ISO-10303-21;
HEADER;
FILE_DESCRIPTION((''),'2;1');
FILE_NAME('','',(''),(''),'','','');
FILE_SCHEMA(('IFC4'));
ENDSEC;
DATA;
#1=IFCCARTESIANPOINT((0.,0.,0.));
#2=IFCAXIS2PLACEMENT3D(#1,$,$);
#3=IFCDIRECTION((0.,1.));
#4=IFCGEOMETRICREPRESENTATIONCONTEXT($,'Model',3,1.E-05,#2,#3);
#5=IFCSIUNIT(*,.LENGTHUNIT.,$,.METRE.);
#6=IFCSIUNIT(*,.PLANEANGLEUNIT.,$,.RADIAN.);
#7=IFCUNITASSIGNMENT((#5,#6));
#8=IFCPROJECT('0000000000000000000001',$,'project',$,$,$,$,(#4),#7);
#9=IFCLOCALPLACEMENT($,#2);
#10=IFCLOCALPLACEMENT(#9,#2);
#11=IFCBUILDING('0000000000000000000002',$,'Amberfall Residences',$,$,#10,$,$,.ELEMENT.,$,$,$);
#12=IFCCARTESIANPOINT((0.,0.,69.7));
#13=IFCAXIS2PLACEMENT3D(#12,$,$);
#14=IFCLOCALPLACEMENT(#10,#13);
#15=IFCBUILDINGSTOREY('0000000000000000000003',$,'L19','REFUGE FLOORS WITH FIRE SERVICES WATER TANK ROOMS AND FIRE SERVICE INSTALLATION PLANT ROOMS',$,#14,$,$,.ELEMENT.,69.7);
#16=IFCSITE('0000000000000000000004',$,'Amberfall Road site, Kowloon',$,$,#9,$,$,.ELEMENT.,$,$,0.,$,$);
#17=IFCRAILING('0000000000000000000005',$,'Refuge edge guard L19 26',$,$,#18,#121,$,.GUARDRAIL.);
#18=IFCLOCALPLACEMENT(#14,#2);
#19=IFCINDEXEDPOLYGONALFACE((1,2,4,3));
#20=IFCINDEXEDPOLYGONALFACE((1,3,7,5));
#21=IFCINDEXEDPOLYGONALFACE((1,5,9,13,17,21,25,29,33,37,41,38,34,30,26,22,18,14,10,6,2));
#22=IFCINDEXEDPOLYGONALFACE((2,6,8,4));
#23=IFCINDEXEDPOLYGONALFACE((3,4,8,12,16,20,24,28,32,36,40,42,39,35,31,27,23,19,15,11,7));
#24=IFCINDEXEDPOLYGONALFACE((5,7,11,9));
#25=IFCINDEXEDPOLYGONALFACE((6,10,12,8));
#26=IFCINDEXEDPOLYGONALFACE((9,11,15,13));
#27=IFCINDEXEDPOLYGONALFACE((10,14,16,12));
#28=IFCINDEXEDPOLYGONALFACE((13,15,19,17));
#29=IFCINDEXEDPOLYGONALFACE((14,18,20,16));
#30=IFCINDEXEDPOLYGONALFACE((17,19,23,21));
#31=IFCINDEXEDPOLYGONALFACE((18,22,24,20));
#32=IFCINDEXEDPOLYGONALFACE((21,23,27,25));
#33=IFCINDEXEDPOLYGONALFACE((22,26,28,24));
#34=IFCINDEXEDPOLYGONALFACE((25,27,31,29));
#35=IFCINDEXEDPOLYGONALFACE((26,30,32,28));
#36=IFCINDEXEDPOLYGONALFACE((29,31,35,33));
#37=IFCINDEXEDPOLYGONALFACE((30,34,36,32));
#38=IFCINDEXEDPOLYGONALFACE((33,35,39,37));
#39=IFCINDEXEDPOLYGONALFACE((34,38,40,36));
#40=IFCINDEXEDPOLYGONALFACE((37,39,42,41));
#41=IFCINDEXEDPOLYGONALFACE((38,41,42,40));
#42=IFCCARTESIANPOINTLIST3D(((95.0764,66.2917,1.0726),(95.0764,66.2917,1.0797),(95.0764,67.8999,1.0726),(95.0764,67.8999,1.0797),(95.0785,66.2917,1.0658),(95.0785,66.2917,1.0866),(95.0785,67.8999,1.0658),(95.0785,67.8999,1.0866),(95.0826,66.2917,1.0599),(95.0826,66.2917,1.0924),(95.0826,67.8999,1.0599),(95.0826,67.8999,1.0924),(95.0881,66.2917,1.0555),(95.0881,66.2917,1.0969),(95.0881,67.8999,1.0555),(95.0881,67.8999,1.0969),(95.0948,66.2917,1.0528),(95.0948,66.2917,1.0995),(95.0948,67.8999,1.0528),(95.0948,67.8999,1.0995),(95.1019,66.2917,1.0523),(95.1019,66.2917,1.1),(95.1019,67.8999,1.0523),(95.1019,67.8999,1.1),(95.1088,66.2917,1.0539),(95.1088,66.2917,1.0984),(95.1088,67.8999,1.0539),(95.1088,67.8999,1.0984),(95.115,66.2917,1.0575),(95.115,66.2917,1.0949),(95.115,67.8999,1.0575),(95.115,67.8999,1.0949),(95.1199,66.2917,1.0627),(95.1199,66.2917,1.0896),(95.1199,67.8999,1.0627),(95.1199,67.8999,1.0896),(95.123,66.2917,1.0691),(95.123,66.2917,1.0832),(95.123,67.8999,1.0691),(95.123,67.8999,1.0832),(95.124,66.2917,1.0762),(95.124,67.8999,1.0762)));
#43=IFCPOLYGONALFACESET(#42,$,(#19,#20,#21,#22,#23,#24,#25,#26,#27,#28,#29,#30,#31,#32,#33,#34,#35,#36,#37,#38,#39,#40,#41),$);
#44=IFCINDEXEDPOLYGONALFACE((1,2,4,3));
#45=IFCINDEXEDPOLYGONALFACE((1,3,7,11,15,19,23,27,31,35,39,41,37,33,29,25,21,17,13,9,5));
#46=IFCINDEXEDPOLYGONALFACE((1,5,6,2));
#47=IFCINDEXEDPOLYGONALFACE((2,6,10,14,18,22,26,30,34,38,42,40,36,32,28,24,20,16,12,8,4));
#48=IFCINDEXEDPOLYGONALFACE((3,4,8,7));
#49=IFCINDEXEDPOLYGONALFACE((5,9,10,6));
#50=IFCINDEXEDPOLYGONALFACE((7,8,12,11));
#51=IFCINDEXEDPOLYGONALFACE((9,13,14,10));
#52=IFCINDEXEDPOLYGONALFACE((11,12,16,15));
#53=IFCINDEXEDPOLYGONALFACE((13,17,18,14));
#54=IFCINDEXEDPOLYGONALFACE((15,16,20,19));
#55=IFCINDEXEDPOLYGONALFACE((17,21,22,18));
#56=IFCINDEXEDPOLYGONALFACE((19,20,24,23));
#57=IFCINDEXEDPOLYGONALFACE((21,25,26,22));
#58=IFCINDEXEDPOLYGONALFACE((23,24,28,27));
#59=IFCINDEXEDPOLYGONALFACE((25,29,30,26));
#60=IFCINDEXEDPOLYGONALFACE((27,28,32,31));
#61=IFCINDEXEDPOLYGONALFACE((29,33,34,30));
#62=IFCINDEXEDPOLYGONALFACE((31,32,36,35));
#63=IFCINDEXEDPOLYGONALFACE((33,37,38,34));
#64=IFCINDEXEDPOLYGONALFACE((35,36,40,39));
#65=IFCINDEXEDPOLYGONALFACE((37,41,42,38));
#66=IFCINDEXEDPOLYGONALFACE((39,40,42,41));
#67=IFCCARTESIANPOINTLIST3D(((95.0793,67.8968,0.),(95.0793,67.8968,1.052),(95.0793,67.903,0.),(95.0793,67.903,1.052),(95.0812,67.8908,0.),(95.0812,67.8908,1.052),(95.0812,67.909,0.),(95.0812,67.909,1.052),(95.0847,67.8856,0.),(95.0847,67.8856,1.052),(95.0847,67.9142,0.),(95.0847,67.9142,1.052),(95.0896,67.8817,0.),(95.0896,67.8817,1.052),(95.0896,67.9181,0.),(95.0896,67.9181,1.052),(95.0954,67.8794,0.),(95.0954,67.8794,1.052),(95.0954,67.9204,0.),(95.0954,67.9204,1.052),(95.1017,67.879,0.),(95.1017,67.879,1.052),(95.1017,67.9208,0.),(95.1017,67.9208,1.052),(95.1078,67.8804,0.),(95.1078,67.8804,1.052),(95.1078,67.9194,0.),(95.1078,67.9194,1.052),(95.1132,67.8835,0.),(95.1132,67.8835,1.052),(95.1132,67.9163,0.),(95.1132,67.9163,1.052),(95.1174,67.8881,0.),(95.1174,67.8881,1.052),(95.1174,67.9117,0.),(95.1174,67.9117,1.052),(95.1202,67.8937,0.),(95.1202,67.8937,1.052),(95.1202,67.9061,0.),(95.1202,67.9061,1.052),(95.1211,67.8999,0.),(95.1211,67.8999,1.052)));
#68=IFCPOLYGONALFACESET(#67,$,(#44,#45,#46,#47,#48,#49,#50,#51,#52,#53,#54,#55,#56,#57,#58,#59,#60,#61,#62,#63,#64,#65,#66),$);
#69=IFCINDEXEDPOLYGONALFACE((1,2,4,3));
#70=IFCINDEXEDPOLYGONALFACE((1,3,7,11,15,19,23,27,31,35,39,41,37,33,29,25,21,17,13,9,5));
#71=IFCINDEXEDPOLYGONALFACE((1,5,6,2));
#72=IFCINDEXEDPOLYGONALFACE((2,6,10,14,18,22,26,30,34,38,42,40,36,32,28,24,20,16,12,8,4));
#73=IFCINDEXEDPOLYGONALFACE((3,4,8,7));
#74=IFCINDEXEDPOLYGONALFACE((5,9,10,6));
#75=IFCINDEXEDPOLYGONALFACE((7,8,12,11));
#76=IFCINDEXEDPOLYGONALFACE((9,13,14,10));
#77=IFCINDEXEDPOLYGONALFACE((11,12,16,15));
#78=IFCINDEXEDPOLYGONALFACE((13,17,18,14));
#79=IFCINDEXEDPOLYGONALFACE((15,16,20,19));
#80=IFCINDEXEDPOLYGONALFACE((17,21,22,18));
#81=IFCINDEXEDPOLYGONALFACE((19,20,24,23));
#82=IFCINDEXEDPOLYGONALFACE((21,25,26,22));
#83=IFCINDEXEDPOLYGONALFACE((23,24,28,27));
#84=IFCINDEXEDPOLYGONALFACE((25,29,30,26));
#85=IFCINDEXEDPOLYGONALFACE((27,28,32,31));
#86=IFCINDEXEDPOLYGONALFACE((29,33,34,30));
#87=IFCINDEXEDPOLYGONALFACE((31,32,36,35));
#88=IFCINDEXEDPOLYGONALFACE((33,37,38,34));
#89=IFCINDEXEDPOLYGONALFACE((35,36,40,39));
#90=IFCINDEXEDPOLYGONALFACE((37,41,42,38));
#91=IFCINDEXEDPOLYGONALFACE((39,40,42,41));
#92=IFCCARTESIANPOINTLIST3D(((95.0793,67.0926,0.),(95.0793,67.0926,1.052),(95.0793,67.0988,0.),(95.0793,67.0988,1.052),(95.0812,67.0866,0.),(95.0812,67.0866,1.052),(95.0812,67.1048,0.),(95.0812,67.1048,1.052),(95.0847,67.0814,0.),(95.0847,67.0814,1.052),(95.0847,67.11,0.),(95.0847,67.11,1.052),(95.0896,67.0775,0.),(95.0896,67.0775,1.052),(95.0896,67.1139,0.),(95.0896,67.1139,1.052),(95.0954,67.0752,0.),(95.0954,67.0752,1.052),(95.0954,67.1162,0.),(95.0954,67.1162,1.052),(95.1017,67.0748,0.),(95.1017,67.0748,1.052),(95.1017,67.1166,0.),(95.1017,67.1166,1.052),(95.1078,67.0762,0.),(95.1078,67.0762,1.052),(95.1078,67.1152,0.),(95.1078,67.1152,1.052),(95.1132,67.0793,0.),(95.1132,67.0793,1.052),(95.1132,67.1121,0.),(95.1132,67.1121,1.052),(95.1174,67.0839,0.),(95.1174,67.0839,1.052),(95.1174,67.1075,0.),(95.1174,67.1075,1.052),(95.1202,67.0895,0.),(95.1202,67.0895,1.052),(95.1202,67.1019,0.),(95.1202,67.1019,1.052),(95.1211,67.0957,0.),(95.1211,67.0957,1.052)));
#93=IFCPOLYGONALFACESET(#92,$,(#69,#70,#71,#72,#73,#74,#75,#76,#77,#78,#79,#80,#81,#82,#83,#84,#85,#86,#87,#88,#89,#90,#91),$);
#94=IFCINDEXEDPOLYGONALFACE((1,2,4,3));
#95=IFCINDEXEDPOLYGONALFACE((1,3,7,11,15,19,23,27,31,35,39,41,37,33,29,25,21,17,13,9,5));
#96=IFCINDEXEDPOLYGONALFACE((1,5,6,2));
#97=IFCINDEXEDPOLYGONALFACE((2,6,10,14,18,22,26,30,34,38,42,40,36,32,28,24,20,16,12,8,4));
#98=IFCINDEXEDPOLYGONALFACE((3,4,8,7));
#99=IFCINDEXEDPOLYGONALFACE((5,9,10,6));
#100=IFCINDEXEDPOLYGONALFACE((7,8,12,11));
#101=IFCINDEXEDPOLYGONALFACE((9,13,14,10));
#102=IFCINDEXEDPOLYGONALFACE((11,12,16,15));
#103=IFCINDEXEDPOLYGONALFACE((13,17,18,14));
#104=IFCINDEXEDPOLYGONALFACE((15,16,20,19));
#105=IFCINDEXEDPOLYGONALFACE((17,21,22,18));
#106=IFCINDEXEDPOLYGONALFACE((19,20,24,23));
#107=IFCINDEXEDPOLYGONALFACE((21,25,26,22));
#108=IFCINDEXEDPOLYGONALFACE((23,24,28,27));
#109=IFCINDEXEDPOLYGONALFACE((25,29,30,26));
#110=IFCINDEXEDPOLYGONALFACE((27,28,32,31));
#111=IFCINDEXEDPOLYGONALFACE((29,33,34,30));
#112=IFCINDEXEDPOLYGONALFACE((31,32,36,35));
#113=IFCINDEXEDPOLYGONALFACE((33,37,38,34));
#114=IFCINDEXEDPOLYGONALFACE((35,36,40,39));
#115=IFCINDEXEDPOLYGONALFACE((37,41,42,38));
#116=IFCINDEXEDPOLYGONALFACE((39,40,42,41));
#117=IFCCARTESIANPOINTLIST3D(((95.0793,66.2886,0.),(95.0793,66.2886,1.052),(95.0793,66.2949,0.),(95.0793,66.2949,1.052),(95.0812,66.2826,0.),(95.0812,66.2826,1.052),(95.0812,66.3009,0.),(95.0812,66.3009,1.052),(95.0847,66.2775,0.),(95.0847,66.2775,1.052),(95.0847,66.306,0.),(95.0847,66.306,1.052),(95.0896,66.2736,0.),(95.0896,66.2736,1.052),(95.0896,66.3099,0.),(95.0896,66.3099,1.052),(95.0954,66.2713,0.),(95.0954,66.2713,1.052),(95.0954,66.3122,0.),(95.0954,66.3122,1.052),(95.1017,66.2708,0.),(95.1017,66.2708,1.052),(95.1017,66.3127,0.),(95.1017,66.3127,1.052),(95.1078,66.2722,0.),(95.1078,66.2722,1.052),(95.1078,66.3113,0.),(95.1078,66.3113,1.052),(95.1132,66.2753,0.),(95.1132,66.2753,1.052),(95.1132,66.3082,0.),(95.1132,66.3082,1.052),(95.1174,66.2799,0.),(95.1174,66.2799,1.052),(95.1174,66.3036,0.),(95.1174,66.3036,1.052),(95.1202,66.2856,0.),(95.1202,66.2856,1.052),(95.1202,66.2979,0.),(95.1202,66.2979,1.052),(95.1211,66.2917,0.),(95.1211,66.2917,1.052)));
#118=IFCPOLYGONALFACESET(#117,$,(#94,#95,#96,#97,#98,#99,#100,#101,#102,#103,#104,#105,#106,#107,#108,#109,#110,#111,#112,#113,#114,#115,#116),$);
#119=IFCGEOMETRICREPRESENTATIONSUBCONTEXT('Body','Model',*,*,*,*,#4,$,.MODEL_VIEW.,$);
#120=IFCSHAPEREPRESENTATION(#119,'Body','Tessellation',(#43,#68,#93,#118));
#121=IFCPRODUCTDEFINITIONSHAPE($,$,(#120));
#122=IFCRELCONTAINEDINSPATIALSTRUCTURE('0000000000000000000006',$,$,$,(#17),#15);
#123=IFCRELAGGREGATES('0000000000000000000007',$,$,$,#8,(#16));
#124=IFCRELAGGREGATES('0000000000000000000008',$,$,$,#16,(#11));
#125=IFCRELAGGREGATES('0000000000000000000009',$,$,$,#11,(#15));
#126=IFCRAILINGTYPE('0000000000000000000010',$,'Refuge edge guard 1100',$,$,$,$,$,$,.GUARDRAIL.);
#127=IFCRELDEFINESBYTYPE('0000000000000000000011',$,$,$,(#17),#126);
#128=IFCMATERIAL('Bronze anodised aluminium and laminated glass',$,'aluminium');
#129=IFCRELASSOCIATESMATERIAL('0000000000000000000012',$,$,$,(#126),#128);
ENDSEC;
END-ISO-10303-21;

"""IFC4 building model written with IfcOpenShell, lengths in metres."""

from ifc_helpers import new_model, si_unit, direction, frame, origin, origin_2d, place, context, subcontext, project, spatial, circle, extrude, material, type_object, element, save


model = new_model("IFC4")

# Units and contexts
model_context = context("Model", 3, precision=1e-05, world=origin(), true_north=direction((0.0, 1.0)))
body_context = subcontext(model_context, "Body", "Model", "MODEL_VIEW")
ifc_project = project(units=[si_unit("LENGTHUNIT", "METRE"), si_unit("PLANEANGLEUNIT", "RADIAN")], contexts=[model_context])

# Site, building, storey
site_placement = place(None, origin())
site = spatial("IfcSite", under=ifc_project, at=site_placement, Name="Amberfall Road site, Kowloon", CompositionType="ELEMENT", RefElevation=0.0)
building_placement = place(site_placement, origin())
building = spatial("IfcBuilding", under=site, at=building_placement, Name="Amberfall Residences", CompositionType="ELEMENT")
storey_placement = place(building_placement, frame((0.0, 0.0, 69.7)))
storey = spatial("IfcBuildingStorey", under=building, at=storey_placement, Name="L19", Description="REFUGE FLOORS WITH FIRE SERVICES WATER TANK ROOMS AND FIRE SERVICE INSTALLATION PLANT ROOMS", CompositionType="ELEMENT", Elevation=69.7)

# Railing
ifc_material_1 = material(Name="Bronze anodised aluminium and laminated glass", Category="aluminium")
railing_type = type_object("IfcRailingType", Name="Refuge edge guard 1100", PredefinedType="GUARDRAIL", material=ifc_material_1)
railing_1_placement = place(storey_placement, frame((95.1001, 67.8999, 0.0)))
element("IfcRailing", 1, at=railing_1_placement, inside=storey, type_object=railing_type, Name="Refuge edge guard L19 26", PredefinedType="GUARDRAIL", context=body_context, shape_type="SweptSolid", body=[
    extrude(circle(Radius=0.0239, at=origin_2d()), frame((0.0, 0.0, 1.0762), z_axis=(0.0, -1.0, 0.0), x_axis=(1.0, 0.0, 0.0)), (0.0, 0.0, 1.0), 1.6082),
    extrude(circle(Radius=0.021, at=origin_2d()), origin(), (0.0, 0.0, 1.0), 1.052),
    extrude(circle(Radius=0.021, at=origin_2d()), frame((0.0, -0.8042, 0.0)), (0.0, 0.0, 1.0), 1.052),
    extrude(circle(Radius=0.021, at=origin_2d()), frame((0.0, -1.6082, 0.0)), (0.0, 0.0, 1.0), 1.052),
])

save(model, "model.ifc")
